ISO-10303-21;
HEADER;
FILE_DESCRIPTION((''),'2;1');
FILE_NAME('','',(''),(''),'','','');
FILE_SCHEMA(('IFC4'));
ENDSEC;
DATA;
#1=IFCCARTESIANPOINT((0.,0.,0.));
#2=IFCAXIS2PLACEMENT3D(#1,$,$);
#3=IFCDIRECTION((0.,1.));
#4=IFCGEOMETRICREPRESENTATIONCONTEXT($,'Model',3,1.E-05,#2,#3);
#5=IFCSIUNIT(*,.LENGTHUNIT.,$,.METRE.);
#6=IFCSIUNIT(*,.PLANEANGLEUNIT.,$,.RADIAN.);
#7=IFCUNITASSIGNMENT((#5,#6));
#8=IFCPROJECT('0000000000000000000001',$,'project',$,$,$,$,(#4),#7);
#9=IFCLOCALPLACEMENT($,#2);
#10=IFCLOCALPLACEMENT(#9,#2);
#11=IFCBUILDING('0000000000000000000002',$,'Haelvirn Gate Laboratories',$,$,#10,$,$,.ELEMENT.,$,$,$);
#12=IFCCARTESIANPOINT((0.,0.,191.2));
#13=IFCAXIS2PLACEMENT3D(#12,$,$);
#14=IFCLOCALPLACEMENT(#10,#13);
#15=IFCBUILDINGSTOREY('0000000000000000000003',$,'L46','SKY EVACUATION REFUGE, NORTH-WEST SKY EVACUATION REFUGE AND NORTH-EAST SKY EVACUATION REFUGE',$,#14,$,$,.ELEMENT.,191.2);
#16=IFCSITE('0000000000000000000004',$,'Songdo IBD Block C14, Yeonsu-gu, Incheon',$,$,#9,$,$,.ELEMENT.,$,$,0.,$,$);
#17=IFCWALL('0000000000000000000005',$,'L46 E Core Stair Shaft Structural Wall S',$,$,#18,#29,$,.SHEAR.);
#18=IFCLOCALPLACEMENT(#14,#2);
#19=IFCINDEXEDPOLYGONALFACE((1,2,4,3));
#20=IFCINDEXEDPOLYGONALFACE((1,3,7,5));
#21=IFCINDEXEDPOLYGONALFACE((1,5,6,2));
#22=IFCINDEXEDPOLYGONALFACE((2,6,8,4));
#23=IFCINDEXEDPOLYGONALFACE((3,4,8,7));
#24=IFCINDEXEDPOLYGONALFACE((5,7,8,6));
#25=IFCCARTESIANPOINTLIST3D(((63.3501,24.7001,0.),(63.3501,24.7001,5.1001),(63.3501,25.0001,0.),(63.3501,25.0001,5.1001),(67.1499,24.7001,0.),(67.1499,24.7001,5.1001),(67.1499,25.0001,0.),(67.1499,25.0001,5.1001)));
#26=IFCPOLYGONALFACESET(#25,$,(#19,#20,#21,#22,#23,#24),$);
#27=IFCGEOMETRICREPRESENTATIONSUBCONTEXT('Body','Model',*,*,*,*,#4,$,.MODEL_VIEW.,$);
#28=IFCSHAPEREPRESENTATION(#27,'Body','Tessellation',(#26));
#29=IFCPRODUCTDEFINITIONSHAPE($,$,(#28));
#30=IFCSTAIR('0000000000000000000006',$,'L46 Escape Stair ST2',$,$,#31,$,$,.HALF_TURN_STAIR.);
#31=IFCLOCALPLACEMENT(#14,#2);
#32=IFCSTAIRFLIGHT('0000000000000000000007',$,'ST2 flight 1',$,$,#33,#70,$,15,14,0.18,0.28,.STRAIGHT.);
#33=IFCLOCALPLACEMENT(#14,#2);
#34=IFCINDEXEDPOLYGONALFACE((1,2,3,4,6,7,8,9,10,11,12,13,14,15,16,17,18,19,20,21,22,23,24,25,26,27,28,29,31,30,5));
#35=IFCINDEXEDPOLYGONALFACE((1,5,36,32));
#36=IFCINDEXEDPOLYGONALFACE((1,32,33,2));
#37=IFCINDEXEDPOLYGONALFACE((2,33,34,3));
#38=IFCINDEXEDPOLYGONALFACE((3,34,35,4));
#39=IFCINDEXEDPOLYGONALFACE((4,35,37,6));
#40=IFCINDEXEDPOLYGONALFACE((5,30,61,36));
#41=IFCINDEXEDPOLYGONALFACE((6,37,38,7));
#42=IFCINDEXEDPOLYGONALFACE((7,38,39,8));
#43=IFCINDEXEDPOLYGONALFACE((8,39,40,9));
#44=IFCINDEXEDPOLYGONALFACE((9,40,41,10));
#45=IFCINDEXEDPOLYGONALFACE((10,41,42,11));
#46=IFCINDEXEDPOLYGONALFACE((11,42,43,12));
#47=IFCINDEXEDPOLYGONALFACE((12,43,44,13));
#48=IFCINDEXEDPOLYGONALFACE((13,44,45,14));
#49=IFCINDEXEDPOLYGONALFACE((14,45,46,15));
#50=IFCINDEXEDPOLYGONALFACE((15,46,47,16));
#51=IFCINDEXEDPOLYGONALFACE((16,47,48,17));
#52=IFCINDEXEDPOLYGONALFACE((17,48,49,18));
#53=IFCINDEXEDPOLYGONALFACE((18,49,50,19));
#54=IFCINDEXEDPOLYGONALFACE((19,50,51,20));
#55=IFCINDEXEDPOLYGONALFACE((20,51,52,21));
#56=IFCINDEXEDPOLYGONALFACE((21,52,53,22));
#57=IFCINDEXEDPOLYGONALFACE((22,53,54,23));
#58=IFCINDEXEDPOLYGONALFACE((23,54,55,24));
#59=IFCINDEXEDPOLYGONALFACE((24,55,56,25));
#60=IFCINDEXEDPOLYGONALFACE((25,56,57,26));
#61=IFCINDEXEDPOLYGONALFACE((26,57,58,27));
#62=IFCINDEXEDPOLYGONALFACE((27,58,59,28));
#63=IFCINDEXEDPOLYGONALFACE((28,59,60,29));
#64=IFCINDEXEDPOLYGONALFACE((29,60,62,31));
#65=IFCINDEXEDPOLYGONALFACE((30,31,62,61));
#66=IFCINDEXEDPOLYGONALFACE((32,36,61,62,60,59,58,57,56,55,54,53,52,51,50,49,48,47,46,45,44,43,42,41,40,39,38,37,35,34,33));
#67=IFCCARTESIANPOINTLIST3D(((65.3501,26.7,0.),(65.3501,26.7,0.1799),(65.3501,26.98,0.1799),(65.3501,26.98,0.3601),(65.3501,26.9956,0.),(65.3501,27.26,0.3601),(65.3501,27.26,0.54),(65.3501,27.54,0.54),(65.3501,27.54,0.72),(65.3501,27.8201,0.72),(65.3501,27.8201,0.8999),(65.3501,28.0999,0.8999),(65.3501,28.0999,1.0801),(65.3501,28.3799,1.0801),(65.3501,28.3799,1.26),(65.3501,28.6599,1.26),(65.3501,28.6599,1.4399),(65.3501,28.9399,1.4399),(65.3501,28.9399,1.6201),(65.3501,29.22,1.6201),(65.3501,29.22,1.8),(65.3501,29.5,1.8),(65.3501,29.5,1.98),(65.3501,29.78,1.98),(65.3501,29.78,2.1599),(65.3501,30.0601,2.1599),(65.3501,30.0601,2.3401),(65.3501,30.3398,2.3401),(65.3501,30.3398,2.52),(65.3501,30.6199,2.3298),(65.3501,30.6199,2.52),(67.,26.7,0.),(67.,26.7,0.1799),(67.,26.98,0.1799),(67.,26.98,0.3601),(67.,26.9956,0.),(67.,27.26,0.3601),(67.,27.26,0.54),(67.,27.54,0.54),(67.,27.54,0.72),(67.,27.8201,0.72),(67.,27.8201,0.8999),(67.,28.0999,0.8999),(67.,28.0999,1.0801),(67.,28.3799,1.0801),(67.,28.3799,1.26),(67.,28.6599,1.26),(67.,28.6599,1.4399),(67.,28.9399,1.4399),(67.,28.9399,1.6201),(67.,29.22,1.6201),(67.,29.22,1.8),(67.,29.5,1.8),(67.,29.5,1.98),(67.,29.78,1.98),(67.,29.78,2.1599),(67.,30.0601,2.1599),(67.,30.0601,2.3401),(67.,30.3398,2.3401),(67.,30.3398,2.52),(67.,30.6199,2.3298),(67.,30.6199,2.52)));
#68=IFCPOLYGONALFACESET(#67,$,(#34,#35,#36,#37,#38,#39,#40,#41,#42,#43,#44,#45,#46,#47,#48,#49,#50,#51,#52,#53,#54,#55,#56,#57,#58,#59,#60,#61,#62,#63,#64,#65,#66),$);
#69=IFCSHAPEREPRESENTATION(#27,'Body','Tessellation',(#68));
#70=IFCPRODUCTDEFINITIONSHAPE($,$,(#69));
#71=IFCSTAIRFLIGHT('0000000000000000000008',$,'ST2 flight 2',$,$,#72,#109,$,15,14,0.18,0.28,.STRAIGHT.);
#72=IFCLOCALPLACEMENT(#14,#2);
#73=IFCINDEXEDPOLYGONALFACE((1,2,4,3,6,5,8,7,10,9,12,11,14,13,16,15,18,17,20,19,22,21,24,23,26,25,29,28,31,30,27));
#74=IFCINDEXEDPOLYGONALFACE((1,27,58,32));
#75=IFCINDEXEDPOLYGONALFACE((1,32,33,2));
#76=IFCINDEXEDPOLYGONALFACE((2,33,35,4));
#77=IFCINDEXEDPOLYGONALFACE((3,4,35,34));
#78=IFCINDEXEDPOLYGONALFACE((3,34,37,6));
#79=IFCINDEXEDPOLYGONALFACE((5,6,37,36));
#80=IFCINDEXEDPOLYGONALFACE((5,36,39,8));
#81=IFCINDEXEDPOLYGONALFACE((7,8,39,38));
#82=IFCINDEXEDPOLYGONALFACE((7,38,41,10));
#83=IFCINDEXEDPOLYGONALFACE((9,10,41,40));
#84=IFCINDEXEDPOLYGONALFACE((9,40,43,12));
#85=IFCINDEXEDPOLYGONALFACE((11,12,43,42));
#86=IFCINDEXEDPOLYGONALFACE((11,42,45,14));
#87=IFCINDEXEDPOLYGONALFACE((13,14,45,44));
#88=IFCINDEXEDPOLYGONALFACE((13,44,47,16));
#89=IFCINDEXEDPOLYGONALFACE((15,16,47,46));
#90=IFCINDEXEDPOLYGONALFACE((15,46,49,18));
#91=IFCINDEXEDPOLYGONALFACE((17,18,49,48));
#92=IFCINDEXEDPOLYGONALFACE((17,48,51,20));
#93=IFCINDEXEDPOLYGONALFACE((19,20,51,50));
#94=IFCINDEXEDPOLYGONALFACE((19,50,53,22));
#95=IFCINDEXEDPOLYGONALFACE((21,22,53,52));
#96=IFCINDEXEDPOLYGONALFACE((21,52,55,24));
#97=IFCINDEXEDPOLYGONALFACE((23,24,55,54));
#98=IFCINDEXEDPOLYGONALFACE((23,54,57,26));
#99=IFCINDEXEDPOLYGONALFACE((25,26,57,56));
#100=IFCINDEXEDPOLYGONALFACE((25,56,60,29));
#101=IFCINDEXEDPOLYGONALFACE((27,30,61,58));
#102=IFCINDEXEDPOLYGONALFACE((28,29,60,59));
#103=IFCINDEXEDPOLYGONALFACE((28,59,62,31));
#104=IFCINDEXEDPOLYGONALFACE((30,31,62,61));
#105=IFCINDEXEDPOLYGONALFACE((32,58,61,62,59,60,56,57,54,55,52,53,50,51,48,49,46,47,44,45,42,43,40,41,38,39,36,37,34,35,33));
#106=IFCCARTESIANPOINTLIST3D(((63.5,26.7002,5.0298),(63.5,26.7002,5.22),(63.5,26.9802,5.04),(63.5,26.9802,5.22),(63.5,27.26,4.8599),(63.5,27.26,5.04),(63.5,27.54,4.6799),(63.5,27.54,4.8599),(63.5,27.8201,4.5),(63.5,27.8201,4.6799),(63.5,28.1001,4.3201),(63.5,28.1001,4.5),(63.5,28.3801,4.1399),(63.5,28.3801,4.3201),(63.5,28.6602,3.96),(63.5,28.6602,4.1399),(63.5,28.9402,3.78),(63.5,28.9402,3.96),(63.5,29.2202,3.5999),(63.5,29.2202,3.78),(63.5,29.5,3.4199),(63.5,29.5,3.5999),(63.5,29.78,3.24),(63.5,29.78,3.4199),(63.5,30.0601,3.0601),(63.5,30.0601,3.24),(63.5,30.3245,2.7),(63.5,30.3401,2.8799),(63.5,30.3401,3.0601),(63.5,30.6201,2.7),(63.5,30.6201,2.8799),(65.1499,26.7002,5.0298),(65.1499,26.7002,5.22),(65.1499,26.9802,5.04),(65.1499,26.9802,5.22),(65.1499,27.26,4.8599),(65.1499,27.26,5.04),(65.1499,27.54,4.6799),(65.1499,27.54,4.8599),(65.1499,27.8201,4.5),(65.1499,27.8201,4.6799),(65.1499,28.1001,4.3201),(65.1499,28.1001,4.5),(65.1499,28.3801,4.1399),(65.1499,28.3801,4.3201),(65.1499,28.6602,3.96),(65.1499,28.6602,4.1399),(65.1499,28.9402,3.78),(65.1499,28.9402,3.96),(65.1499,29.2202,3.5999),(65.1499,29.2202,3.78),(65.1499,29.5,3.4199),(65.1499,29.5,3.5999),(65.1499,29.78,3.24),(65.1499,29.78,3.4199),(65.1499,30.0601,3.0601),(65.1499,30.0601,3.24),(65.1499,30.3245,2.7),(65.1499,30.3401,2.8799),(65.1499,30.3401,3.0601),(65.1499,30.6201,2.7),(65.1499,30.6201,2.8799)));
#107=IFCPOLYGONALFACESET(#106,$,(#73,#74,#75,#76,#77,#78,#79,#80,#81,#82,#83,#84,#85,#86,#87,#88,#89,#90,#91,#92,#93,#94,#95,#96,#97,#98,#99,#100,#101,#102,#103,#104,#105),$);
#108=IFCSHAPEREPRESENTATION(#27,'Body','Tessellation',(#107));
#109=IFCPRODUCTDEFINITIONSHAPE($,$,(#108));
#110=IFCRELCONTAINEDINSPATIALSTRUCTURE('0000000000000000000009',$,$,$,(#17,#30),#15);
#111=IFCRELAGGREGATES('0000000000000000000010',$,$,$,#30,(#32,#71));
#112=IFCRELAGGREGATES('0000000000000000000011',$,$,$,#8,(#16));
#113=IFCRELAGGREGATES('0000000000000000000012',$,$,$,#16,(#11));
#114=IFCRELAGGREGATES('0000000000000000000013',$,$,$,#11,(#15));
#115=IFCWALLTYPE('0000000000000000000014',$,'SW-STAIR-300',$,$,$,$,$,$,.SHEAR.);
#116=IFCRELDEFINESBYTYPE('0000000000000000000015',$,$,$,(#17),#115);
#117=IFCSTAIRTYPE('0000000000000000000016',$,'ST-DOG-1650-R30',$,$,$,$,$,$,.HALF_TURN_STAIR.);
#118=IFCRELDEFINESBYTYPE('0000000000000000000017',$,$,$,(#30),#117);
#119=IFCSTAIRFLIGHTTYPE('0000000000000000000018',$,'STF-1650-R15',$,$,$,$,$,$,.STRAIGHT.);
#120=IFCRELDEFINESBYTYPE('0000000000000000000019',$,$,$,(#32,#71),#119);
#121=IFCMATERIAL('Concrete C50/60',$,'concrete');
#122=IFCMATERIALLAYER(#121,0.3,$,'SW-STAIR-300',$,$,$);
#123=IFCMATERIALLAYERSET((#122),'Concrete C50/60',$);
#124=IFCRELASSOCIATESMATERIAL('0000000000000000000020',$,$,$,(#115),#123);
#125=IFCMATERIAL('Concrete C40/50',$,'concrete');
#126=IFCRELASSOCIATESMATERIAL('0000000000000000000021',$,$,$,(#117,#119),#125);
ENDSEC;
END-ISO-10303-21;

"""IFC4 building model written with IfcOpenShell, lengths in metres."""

from ifc_helpers import new_model, si_unit, direction, frame, frame_2d, origin, place, context, subcontext, project, spatial, polyline, rectangle, outline, extrude, source, transform, mapped, material, layer, layer_set, type_object, type_shapes, element, aggregate, save


model = new_model("IFC4")

# Units and contexts
model_context = context("Model", 3, precision=1e-05, world=origin(), true_north=direction((0.0, 1.0)))
body_context = subcontext(model_context, "Body", "Model", "MODEL_VIEW")
ifc_project = project(units=[si_unit("LENGTHUNIT", "METRE"), si_unit("PLANEANGLEUNIT", "RADIAN")], contexts=[model_context])

# Site, building, storey
site_placement = place(None, origin())
site = spatial("IfcSite", under=ifc_project, at=site_placement, Name="Songdo IBD Block C14, Yeonsu-gu, Incheon", CompositionType="ELEMENT", RefElevation=0.0)
building_placement = place(site_placement, origin())
building = spatial("IfcBuilding", under=site, at=building_placement, Name="Haelvirn Gate Laboratories", CompositionType="ELEMENT")
storey_placement = place(building_placement, frame((0.0, 0.0, 191.2)))
storey = spatial("IfcBuildingStorey", under=building, at=storey_placement, Name="L46", Description="SKY EVACUATION REFUGE, NORTH-WEST SKY EVACUATION REFUGE AND NORTH-EAST SKY EVACUATION REFUGE", CompositionType="ELEMENT", Elevation=191.2)

# Shared definitions
ifc_material_1 = material(Name="Concrete C40/50", Category="concrete")

# Shared definitions
ifc_material_2 = material(Name="Concrete C50/60", Category="concrete")

# Shared definitions
ifc_layer_1 = layer(ifc_material_2, 0.3, Name="SW-STAIR-300")
ifc_layer_set_1 = layer_set([ifc_layer_1], Name="Concrete C50/60")
wall_type_1 = type_object("IfcWallType", Name="SW-STAIR-300", PredefinedType="SHEAR", material=ifc_layer_set_1)

# Wall
wall_1_placement = place(storey_placement, frame((63.3501, 24.8501, 0.0), z_axis=(0.0, 0.0, 1.0), x_axis=(1.0, 0.0, 0.0)))
element("IfcWall", 1, at=wall_1_placement, inside=storey, type_object=wall_type_1, Name="L46 E Core Stair Shaft Structural Wall S", PredefinedType="SHEAR", context=body_context, shape_type="SweptSolid", body=[
    extrude(rectangle(XDim=3.7998, YDim=0.3, at=frame_2d((1.8999, 0.0))), origin(), (0.0, 0.0, 1.0), 5.1001),
])

# Stair, stair flights
stair_type = type_object("IfcStairType", Name="ST-DOG-1650-R30", PredefinedType="HALF_TURN_STAIR", material=ifc_material_1)
stair_placement = place(storey_placement, origin())
stair = element("IfcStair", 2, at=stair_placement, inside=storey, type_object=stair_type, Name="L46 Escape Stair ST2", PredefinedType="HALF_TURN_STAIR")
stair_flight_type = type_object("IfcStairFlightType", Name="STF-1650-R15", PredefinedType="STRAIGHT", material=ifc_material_1)
shared_shape_1 = source(origin(), body_context, "Body", "SweptSolid", [
    extrude(outline(polyline([(0.0, 0.0), (0.0, 0.1799), (0.28, 0.1799), (0.28, 0.3601), (0.5601, 0.3601), (0.5601, 0.54), (0.8401, 0.54), (0.8401, 0.72), (1.1201, 0.72), (1.1201, 0.8999), (1.3999, 0.8999), (1.3999, 1.0801), (1.6799, 1.0801), (1.6799, 1.26), (1.96, 1.26), (1.96, 1.4399), (2.24, 1.4399), (2.24, 1.6201), (2.52, 1.6201), (2.52, 1.8), (2.8, 1.8), (2.8, 1.98), (3.0801, 1.98), (3.0801, 2.1599), (3.3601, 2.1599), (3.3601, 2.3401), (3.6399, 2.3401), (3.6399, 2.52), (3.9199, 2.52), (3.9199, 2.7), (3.9199, 2.3298), (0.2957, 0.0), (0.0, 0.0)])), frame((0.0, 0.825, 0.0), z_axis=(0.0, -1.0, 0.0), x_axis=(1.0, 0.0, 0.0)), (0.0, 0.0, 1.0), 1.6499),
])
type_shapes(stair_flight_type, [shared_shape_1])
stair_flight_1_placement = place(storey_placement, frame((66.175, 26.7, 0.0), z_axis=(0.0, 0.0, 1.0), x_axis=(0.0, 1.0, 0.0)))
stair_flight_1 = element("IfcStairFlight", 3, at=stair_flight_1_placement, type_object=stair_flight_type, Name="ST2 flight 1", NumberOfRisers=15, NumberOfTreads=14, PredefinedType="STRAIGHT", RiserHeight=0.18, TreadLength=0.28, context=body_context, shape_type="MappedRepresentation", body=[
    mapped(shared_shape_1, transform((0.0, 0.0, 0.0), scale=1.0)),
])
stair_flight_2_placement = place(storey_placement, frame((64.325, 30.6201, 2.7), z_axis=(0.0, 0.0, 1.0), x_axis=(0.0, -1.0, 0.0)))
stair_flight_2 = element("IfcStairFlight", 4, at=stair_flight_2_placement, type_object=stair_flight_type, Name="ST2 flight 2", NumberOfRisers=15, NumberOfTreads=14, PredefinedType="STRAIGHT", RiserHeight=0.18, TreadLength=0.28, context=body_context, shape_type="MappedRepresentation", body=[
    mapped(shared_shape_1, transform((0.0, 0.0, 0.0), scale=1.0)),
])
aggregate(stair, [stair_flight_1, stair_flight_2])

save(model, "model.ifc")
